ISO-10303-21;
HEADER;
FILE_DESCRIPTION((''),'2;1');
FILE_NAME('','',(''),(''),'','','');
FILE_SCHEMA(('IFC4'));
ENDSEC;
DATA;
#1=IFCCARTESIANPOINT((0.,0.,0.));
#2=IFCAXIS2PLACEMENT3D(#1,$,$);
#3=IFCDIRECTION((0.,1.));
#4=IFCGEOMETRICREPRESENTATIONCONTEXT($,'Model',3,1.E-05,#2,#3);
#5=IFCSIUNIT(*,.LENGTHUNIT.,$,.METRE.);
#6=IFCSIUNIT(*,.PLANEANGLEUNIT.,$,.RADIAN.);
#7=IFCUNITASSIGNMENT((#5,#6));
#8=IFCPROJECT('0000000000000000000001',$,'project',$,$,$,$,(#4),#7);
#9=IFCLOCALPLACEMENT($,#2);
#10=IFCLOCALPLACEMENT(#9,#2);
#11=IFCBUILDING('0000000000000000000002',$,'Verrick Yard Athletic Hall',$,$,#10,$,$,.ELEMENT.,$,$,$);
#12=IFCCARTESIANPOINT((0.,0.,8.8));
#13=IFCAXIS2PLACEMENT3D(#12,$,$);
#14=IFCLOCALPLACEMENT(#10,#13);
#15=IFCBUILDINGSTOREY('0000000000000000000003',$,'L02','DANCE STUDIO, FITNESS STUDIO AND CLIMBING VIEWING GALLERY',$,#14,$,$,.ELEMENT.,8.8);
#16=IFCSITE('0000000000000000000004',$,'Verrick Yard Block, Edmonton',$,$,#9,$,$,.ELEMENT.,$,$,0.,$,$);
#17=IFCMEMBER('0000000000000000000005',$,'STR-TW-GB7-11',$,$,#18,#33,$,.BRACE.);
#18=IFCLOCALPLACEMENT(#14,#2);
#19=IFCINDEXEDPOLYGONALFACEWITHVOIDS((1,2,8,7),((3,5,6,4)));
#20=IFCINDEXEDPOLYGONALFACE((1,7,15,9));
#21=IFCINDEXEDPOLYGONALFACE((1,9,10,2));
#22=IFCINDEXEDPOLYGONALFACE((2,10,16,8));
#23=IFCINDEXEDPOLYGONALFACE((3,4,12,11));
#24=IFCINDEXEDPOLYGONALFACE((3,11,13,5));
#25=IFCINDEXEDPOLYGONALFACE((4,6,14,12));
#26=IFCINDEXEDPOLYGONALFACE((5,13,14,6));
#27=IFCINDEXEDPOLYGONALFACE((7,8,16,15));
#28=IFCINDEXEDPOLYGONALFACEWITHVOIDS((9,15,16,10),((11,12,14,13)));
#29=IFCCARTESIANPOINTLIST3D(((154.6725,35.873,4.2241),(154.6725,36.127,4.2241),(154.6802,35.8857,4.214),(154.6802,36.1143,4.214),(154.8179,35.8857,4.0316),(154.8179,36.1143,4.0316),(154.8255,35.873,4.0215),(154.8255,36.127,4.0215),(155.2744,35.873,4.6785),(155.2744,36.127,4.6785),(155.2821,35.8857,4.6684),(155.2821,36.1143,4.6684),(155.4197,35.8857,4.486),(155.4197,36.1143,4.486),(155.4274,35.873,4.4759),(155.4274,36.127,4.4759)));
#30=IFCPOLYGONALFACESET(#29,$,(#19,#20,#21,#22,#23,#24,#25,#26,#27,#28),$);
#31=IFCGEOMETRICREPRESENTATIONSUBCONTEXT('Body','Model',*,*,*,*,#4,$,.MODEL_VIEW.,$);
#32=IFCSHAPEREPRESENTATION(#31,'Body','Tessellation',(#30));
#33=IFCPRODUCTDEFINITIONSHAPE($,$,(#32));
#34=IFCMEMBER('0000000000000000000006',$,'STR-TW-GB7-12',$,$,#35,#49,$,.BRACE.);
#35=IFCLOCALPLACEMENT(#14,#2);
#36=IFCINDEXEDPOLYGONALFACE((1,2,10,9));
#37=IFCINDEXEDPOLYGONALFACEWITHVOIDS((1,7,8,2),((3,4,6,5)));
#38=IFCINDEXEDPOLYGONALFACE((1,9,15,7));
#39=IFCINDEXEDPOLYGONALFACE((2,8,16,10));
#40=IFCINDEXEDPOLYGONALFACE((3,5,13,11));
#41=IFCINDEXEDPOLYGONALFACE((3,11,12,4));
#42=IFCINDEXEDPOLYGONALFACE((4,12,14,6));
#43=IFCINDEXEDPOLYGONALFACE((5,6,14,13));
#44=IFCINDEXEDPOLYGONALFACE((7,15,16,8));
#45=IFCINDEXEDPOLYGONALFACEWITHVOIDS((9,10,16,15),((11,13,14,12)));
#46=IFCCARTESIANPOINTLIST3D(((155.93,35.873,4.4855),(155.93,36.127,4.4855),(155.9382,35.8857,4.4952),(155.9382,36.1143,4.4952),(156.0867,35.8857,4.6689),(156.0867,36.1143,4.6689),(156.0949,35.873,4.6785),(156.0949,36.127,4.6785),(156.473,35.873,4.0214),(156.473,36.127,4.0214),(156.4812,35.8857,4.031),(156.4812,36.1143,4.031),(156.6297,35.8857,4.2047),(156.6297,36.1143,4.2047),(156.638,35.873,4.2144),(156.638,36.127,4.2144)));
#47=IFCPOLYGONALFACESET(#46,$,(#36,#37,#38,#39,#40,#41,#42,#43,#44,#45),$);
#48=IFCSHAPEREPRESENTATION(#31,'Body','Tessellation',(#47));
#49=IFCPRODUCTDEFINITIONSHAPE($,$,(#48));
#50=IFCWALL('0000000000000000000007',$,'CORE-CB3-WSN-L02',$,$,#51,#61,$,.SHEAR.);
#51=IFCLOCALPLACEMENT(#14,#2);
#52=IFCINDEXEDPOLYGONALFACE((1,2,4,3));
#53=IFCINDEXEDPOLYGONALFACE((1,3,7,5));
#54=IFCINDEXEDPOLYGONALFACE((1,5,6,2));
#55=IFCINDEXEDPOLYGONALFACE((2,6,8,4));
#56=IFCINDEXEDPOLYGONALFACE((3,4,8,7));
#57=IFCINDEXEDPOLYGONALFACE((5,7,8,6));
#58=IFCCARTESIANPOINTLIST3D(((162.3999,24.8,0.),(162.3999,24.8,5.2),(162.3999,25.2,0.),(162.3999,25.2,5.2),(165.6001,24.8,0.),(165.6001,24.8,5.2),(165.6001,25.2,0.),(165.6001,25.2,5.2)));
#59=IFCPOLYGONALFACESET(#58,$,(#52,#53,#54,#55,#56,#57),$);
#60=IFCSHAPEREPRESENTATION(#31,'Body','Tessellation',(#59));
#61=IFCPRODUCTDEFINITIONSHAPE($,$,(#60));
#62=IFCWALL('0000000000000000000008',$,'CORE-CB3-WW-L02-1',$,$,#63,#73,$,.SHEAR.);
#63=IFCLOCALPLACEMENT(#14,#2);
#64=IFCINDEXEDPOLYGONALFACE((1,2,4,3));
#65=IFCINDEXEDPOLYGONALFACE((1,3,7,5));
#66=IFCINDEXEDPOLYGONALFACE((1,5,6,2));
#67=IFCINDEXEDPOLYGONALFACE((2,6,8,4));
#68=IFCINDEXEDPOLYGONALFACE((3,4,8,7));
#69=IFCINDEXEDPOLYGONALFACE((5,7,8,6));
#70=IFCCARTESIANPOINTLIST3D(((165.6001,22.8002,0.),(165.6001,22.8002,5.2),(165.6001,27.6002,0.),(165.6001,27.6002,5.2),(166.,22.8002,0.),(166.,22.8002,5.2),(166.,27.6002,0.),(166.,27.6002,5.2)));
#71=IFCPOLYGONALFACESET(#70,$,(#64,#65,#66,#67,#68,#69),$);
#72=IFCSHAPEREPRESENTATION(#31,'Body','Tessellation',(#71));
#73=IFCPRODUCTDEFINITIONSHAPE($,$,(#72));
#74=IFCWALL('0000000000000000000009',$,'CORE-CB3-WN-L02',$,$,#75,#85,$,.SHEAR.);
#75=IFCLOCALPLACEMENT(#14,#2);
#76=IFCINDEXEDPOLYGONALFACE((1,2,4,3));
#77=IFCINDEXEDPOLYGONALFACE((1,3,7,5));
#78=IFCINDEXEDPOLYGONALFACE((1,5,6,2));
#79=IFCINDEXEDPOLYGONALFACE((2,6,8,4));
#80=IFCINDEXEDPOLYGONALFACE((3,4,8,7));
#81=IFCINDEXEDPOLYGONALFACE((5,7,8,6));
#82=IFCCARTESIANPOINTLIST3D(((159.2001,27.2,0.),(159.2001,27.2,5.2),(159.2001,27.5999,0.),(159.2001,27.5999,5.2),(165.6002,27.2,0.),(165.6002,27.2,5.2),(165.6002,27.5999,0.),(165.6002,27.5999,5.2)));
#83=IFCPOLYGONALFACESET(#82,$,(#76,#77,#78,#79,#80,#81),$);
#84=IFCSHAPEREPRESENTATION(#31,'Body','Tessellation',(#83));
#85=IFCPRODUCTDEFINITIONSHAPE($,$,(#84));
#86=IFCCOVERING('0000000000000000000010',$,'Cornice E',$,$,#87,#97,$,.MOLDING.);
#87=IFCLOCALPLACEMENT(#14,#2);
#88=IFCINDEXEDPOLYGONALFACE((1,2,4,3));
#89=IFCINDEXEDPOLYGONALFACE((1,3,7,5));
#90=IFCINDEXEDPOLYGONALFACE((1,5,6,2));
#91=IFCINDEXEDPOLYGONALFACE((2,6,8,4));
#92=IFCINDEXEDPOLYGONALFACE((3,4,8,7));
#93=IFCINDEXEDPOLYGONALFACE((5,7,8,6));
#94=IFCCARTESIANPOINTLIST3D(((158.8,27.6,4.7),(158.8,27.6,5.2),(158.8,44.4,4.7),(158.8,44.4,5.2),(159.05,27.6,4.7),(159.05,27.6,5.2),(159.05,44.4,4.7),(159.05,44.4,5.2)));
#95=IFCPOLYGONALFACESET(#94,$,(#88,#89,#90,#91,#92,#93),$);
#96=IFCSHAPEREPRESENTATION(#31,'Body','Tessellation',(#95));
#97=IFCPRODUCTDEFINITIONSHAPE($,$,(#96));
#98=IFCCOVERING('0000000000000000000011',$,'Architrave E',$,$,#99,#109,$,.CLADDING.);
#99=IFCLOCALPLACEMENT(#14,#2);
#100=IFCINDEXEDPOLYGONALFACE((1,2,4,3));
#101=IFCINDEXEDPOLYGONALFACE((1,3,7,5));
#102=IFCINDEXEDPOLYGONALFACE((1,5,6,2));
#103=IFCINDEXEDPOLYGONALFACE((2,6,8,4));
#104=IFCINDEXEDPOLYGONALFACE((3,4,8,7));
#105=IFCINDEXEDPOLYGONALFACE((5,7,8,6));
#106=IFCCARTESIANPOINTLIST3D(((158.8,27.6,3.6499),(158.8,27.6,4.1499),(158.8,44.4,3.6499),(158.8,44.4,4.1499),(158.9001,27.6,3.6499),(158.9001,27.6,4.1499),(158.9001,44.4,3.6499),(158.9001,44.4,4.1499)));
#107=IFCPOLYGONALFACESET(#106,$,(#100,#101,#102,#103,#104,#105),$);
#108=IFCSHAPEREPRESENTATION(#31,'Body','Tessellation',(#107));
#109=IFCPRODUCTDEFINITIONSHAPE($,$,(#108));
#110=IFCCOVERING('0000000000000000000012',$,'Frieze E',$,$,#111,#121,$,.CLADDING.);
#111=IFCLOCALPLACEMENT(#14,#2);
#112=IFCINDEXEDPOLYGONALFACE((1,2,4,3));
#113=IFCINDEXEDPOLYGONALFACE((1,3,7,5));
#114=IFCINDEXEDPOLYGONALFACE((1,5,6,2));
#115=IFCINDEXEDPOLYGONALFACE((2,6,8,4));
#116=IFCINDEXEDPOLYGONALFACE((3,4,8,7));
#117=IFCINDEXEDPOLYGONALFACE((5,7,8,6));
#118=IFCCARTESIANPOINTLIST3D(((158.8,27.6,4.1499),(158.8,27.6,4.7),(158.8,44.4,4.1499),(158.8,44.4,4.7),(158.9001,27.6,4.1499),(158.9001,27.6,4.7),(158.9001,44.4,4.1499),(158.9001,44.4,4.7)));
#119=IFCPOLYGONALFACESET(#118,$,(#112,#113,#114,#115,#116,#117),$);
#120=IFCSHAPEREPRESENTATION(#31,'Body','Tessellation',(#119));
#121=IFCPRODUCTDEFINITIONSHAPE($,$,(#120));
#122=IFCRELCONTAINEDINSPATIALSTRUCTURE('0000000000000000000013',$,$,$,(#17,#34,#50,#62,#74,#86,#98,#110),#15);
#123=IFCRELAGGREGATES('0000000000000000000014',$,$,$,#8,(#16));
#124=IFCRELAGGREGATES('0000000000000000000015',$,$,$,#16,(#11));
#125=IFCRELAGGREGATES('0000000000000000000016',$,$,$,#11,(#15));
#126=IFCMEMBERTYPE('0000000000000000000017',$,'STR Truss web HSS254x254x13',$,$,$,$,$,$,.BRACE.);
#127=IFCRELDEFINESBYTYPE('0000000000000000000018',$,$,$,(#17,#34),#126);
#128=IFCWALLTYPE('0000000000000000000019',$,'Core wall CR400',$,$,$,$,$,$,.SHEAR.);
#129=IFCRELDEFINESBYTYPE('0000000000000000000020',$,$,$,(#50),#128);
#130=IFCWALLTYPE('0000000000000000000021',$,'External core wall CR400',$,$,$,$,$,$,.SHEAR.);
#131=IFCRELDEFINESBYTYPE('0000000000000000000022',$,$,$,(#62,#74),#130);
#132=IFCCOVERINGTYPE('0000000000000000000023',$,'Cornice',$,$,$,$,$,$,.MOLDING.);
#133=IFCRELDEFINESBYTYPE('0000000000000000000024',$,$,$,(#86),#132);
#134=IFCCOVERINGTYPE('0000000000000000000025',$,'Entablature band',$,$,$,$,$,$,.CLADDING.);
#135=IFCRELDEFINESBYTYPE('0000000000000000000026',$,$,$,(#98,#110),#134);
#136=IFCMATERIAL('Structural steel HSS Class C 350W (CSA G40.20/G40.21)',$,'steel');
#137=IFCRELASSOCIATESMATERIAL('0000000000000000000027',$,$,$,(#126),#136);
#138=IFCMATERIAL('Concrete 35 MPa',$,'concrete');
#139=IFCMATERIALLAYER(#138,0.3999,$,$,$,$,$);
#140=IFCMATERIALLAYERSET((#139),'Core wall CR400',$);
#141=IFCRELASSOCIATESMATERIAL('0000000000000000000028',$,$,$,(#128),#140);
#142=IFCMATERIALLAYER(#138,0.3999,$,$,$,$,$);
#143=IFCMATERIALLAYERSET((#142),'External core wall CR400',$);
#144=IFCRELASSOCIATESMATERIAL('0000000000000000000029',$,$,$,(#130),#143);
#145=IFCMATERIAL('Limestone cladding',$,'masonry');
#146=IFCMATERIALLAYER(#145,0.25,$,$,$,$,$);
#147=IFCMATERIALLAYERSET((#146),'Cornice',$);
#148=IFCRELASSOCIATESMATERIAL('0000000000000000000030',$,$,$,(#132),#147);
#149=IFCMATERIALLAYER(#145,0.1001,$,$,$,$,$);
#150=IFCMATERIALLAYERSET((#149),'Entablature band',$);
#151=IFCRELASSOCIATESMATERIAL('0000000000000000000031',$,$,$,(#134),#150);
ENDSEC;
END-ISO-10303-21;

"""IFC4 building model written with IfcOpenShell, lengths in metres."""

from ifc_helpers import new_model, si_unit, direction, frame, frame_2d, origin, origin_2d, place, context, subcontext, project, spatial, rectangle, hollow_rectangle, extrude, material, layer, layer_set, material_profile, profile_set, type_object, element, save


model = new_model("IFC4")

# Units and contexts
model_context = context("Model", 3, precision=1e-05, world=origin(), true_north=direction((0.0, 1.0)))
body_context = subcontext(model_context, "Body", "Model", "MODEL_VIEW")
ifc_project = project(units=[si_unit("LENGTHUNIT", "METRE"), si_unit("PLANEANGLEUNIT", "RADIAN")], contexts=[model_context])

# Site, building, storey
site_placement = place(None, origin())
site = spatial("IfcSite", under=ifc_project, at=site_placement, Name="Verrick Yard Block, Edmonton", CompositionType="ELEMENT", RefElevation=0.0)
building_placement = place(site_placement, origin())
building = spatial("IfcBuilding", under=site, at=building_placement, Name="Verrick Yard Athletic Hall", CompositionType="ELEMENT")
storey_placement = place(building_placement, frame((0.0, 0.0, 8.8)))
storey = spatial("IfcBuildingStorey", under=building, at=storey_placement, Name="L02", Description="DANCE STUDIO, FITNESS STUDIO AND CLIMBING VIEWING GALLERY", CompositionType="ELEMENT", Elevation=8.8)

# Shared definitions
ifc_material_1 = material(Name="Concrete 35 MPa", Category="concrete")

# Members
ifc_material_2 = material(Name="Structural steel HSS Class C 350W (CSA G40.20/G40.21)", Category="steel")
ifc_material_profile_1 = material_profile(ifc_material_2, hollow_rectangle(XDim=0.2539, YDim=0.2539, WallThickness=0.0127, at=origin_2d()), Name="HSS254x254x13")
ifc_profile_set_1 = profile_set([ifc_material_profile_1], Name="Structural steel HSS Class C 350W (CSA G40.20/G40.21)")
member_type_1 = type_object("IfcMemberType", Name="STR Truss web HSS254x254x13", PredefinedType="BRACE", material=ifc_profile_set_1)
member_1_placement = place(storey_placement, frame((154.749, 36.0, 4.1228), z_axis=(0.798092, 0.0, 0.602535), x_axis=(0.0, 1.0, 0.0)))
element("IfcMember", 1, at=member_1_placement, inside=storey, type_object=member_type_1, Name="STR-TW-GB7-11", PredefinedType="BRACE", context=body_context, shape_type="SweptSolid", body=[
    extrude(hollow_rectangle(XDim=0.2539, YDim=0.2539, WallThickness=0.0127, at=origin_2d()), origin(), (0.0, 0.0, 1.0), 0.7542),
])
member_2_placement = place(storey_placement, frame((156.0125, 36.0, 4.582), z_axis=(0.760149, 0.0, -0.649749), x_axis=(0.0, 1.0, 0.0)))
element("IfcMember", 2, at=member_2_placement, inside=storey, type_object=member_type_1, Name="STR-TW-GB7-12", PredefinedType="BRACE", context=body_context, shape_type="SweptSolid", body=[
    extrude(hollow_rectangle(XDim=0.2539, YDim=0.2539, WallThickness=0.0127, at=origin_2d()), origin(), (0.0, 0.0, 1.0), 0.7144),
])

# Walls
ifc_layer_1 = layer(ifc_material_1, 0.3999)
ifc_layer_set_1 = layer_set([ifc_layer_1], Name="Core wall CR400")
wall_type_1 = type_object("IfcWallType", Name="Core wall CR400", PredefinedType="SHEAR", material=ifc_layer_set_1)
wall_1_placement = place(storey_placement, frame((162.3999, 25.0, 0.0), z_axis=(0.0, 0.0, 1.0), x_axis=(1.0, 0.0, 0.0)))
element("IfcWall", 3, at=wall_1_placement, inside=storey, type_object=wall_type_1, Name="CORE-CB3-WSN-L02", PredefinedType="SHEAR", context=body_context, shape_type="SweptSolid", body=[
    extrude(rectangle(XDim=3.2002, YDim=0.3999, at=frame_2d((1.6001, 0.0))), origin(), (0.0, 0.0, 1.0), 5.2),
])
ifc_layer_2 = layer(ifc_material_1, 0.3999)
ifc_layer_set_2 = layer_set([ifc_layer_2], Name="External core wall CR400")
wall_type_2 = type_object("IfcWallType", Name="External core wall CR400", PredefinedType="SHEAR", material=ifc_layer_set_2)
wall_2_placement = place(storey_placement, frame((165.8, 27.6001, 0.0), z_axis=(0.0, 0.0, 1.0), x_axis=(0.0, -1.0, 0.0)))
element("IfcWall", 4, at=wall_2_placement, inside=storey, type_object=wall_type_2, Name="CORE-CB3-WW-L02-1", PredefinedType="SHEAR", context=body_context, shape_type="SweptSolid", body=[
    extrude(rectangle(XDim=4.8, YDim=0.3999, at=frame_2d((2.3999, 0.0))), origin(), (0.0, 0.0, 1.0), 5.2),
])
wall_3_placement = place(storey_placement, frame((159.2, 27.3999, 0.0), z_axis=(0.0, 0.0, 1.0), x_axis=(1.0, 0.0, 0.0)))
element("IfcWall", 5, at=wall_3_placement, inside=storey, type_object=wall_type_2, Name="CORE-CB3-WN-L02", PredefinedType="SHEAR", context=body_context, shape_type="SweptSolid", body=[
    extrude(rectangle(XDim=6.4001, YDim=0.3999, at=frame_2d((3.2002, 0.0))), origin(), (0.0, 0.0, 1.0), 5.2),
])

# Coverings
ifc_material_3 = material(Name="Limestone cladding", Category="masonry")
ifc_layer_3 = layer(ifc_material_3, 0.25)
ifc_layer_set_3 = layer_set([ifc_layer_3], Name="Cornice")
covering_type_1 = type_object("IfcCoveringType", Name="Cornice", PredefinedType="MOLDING", material=ifc_layer_set_3)
covering_1_placement = place(storey_placement, frame((158.925, 36.0, 4.7), z_axis=(0.0, 0.0, 1.0), x_axis=(1.0, 0.0, 0.0)))
element("IfcCovering", 6, at=covering_1_placement, inside=storey, type_object=covering_type_1, Name="Cornice E", PredefinedType="MOLDING", context=body_context, shape_type="SweptSolid", body=[
    extrude(rectangle(XDim=0.25, YDim=16.8, at=origin_2d()), origin(), (0.0, 0.0, 1.0), 0.5),
])
ifc_layer_4 = layer(ifc_material_3, 0.1001)
ifc_layer_set_4 = layer_set([ifc_layer_4], Name="Entablature band")
covering_type_2 = type_object("IfcCoveringType", Name="Entablature band", PredefinedType="CLADDING", material=ifc_layer_set_4)
covering_2_placement = place(storey_placement, frame((158.8501, 36.0, 3.6499), z_axis=(0.0, 0.0, 1.0), x_axis=(1.0, 0.0, 0.0)))
element("IfcCovering", 7, at=covering_2_placement, inside=storey, type_object=covering_type_2, Name="Architrave E", PredefinedType="CLADDING", context=body_context, shape_type="SweptSolid", body=[
    extrude(rectangle(XDim=0.1001, YDim=16.8, at=origin_2d()), origin(), (0.0, 0.0, 1.0), 0.5),
])
covering_3_placement = place(storey_placement, frame((158.8501, 36.0, 4.1499), z_axis=(0.0, 0.0, 1.0), x_axis=(1.0, 0.0, 0.0)))
element("IfcCovering", 8, at=covering_3_placement, inside=storey, type_object=covering_type_2, Name="Frieze E", PredefinedType="CLADDING", context=body_context, shape_type="SweptSolid", body=[
    extrude(rectangle(XDim=0.1001, YDim=16.8, at=origin_2d()), origin(), (0.0, 0.0, 1.0), 0.55),
])

save(model, "model.ifc")
